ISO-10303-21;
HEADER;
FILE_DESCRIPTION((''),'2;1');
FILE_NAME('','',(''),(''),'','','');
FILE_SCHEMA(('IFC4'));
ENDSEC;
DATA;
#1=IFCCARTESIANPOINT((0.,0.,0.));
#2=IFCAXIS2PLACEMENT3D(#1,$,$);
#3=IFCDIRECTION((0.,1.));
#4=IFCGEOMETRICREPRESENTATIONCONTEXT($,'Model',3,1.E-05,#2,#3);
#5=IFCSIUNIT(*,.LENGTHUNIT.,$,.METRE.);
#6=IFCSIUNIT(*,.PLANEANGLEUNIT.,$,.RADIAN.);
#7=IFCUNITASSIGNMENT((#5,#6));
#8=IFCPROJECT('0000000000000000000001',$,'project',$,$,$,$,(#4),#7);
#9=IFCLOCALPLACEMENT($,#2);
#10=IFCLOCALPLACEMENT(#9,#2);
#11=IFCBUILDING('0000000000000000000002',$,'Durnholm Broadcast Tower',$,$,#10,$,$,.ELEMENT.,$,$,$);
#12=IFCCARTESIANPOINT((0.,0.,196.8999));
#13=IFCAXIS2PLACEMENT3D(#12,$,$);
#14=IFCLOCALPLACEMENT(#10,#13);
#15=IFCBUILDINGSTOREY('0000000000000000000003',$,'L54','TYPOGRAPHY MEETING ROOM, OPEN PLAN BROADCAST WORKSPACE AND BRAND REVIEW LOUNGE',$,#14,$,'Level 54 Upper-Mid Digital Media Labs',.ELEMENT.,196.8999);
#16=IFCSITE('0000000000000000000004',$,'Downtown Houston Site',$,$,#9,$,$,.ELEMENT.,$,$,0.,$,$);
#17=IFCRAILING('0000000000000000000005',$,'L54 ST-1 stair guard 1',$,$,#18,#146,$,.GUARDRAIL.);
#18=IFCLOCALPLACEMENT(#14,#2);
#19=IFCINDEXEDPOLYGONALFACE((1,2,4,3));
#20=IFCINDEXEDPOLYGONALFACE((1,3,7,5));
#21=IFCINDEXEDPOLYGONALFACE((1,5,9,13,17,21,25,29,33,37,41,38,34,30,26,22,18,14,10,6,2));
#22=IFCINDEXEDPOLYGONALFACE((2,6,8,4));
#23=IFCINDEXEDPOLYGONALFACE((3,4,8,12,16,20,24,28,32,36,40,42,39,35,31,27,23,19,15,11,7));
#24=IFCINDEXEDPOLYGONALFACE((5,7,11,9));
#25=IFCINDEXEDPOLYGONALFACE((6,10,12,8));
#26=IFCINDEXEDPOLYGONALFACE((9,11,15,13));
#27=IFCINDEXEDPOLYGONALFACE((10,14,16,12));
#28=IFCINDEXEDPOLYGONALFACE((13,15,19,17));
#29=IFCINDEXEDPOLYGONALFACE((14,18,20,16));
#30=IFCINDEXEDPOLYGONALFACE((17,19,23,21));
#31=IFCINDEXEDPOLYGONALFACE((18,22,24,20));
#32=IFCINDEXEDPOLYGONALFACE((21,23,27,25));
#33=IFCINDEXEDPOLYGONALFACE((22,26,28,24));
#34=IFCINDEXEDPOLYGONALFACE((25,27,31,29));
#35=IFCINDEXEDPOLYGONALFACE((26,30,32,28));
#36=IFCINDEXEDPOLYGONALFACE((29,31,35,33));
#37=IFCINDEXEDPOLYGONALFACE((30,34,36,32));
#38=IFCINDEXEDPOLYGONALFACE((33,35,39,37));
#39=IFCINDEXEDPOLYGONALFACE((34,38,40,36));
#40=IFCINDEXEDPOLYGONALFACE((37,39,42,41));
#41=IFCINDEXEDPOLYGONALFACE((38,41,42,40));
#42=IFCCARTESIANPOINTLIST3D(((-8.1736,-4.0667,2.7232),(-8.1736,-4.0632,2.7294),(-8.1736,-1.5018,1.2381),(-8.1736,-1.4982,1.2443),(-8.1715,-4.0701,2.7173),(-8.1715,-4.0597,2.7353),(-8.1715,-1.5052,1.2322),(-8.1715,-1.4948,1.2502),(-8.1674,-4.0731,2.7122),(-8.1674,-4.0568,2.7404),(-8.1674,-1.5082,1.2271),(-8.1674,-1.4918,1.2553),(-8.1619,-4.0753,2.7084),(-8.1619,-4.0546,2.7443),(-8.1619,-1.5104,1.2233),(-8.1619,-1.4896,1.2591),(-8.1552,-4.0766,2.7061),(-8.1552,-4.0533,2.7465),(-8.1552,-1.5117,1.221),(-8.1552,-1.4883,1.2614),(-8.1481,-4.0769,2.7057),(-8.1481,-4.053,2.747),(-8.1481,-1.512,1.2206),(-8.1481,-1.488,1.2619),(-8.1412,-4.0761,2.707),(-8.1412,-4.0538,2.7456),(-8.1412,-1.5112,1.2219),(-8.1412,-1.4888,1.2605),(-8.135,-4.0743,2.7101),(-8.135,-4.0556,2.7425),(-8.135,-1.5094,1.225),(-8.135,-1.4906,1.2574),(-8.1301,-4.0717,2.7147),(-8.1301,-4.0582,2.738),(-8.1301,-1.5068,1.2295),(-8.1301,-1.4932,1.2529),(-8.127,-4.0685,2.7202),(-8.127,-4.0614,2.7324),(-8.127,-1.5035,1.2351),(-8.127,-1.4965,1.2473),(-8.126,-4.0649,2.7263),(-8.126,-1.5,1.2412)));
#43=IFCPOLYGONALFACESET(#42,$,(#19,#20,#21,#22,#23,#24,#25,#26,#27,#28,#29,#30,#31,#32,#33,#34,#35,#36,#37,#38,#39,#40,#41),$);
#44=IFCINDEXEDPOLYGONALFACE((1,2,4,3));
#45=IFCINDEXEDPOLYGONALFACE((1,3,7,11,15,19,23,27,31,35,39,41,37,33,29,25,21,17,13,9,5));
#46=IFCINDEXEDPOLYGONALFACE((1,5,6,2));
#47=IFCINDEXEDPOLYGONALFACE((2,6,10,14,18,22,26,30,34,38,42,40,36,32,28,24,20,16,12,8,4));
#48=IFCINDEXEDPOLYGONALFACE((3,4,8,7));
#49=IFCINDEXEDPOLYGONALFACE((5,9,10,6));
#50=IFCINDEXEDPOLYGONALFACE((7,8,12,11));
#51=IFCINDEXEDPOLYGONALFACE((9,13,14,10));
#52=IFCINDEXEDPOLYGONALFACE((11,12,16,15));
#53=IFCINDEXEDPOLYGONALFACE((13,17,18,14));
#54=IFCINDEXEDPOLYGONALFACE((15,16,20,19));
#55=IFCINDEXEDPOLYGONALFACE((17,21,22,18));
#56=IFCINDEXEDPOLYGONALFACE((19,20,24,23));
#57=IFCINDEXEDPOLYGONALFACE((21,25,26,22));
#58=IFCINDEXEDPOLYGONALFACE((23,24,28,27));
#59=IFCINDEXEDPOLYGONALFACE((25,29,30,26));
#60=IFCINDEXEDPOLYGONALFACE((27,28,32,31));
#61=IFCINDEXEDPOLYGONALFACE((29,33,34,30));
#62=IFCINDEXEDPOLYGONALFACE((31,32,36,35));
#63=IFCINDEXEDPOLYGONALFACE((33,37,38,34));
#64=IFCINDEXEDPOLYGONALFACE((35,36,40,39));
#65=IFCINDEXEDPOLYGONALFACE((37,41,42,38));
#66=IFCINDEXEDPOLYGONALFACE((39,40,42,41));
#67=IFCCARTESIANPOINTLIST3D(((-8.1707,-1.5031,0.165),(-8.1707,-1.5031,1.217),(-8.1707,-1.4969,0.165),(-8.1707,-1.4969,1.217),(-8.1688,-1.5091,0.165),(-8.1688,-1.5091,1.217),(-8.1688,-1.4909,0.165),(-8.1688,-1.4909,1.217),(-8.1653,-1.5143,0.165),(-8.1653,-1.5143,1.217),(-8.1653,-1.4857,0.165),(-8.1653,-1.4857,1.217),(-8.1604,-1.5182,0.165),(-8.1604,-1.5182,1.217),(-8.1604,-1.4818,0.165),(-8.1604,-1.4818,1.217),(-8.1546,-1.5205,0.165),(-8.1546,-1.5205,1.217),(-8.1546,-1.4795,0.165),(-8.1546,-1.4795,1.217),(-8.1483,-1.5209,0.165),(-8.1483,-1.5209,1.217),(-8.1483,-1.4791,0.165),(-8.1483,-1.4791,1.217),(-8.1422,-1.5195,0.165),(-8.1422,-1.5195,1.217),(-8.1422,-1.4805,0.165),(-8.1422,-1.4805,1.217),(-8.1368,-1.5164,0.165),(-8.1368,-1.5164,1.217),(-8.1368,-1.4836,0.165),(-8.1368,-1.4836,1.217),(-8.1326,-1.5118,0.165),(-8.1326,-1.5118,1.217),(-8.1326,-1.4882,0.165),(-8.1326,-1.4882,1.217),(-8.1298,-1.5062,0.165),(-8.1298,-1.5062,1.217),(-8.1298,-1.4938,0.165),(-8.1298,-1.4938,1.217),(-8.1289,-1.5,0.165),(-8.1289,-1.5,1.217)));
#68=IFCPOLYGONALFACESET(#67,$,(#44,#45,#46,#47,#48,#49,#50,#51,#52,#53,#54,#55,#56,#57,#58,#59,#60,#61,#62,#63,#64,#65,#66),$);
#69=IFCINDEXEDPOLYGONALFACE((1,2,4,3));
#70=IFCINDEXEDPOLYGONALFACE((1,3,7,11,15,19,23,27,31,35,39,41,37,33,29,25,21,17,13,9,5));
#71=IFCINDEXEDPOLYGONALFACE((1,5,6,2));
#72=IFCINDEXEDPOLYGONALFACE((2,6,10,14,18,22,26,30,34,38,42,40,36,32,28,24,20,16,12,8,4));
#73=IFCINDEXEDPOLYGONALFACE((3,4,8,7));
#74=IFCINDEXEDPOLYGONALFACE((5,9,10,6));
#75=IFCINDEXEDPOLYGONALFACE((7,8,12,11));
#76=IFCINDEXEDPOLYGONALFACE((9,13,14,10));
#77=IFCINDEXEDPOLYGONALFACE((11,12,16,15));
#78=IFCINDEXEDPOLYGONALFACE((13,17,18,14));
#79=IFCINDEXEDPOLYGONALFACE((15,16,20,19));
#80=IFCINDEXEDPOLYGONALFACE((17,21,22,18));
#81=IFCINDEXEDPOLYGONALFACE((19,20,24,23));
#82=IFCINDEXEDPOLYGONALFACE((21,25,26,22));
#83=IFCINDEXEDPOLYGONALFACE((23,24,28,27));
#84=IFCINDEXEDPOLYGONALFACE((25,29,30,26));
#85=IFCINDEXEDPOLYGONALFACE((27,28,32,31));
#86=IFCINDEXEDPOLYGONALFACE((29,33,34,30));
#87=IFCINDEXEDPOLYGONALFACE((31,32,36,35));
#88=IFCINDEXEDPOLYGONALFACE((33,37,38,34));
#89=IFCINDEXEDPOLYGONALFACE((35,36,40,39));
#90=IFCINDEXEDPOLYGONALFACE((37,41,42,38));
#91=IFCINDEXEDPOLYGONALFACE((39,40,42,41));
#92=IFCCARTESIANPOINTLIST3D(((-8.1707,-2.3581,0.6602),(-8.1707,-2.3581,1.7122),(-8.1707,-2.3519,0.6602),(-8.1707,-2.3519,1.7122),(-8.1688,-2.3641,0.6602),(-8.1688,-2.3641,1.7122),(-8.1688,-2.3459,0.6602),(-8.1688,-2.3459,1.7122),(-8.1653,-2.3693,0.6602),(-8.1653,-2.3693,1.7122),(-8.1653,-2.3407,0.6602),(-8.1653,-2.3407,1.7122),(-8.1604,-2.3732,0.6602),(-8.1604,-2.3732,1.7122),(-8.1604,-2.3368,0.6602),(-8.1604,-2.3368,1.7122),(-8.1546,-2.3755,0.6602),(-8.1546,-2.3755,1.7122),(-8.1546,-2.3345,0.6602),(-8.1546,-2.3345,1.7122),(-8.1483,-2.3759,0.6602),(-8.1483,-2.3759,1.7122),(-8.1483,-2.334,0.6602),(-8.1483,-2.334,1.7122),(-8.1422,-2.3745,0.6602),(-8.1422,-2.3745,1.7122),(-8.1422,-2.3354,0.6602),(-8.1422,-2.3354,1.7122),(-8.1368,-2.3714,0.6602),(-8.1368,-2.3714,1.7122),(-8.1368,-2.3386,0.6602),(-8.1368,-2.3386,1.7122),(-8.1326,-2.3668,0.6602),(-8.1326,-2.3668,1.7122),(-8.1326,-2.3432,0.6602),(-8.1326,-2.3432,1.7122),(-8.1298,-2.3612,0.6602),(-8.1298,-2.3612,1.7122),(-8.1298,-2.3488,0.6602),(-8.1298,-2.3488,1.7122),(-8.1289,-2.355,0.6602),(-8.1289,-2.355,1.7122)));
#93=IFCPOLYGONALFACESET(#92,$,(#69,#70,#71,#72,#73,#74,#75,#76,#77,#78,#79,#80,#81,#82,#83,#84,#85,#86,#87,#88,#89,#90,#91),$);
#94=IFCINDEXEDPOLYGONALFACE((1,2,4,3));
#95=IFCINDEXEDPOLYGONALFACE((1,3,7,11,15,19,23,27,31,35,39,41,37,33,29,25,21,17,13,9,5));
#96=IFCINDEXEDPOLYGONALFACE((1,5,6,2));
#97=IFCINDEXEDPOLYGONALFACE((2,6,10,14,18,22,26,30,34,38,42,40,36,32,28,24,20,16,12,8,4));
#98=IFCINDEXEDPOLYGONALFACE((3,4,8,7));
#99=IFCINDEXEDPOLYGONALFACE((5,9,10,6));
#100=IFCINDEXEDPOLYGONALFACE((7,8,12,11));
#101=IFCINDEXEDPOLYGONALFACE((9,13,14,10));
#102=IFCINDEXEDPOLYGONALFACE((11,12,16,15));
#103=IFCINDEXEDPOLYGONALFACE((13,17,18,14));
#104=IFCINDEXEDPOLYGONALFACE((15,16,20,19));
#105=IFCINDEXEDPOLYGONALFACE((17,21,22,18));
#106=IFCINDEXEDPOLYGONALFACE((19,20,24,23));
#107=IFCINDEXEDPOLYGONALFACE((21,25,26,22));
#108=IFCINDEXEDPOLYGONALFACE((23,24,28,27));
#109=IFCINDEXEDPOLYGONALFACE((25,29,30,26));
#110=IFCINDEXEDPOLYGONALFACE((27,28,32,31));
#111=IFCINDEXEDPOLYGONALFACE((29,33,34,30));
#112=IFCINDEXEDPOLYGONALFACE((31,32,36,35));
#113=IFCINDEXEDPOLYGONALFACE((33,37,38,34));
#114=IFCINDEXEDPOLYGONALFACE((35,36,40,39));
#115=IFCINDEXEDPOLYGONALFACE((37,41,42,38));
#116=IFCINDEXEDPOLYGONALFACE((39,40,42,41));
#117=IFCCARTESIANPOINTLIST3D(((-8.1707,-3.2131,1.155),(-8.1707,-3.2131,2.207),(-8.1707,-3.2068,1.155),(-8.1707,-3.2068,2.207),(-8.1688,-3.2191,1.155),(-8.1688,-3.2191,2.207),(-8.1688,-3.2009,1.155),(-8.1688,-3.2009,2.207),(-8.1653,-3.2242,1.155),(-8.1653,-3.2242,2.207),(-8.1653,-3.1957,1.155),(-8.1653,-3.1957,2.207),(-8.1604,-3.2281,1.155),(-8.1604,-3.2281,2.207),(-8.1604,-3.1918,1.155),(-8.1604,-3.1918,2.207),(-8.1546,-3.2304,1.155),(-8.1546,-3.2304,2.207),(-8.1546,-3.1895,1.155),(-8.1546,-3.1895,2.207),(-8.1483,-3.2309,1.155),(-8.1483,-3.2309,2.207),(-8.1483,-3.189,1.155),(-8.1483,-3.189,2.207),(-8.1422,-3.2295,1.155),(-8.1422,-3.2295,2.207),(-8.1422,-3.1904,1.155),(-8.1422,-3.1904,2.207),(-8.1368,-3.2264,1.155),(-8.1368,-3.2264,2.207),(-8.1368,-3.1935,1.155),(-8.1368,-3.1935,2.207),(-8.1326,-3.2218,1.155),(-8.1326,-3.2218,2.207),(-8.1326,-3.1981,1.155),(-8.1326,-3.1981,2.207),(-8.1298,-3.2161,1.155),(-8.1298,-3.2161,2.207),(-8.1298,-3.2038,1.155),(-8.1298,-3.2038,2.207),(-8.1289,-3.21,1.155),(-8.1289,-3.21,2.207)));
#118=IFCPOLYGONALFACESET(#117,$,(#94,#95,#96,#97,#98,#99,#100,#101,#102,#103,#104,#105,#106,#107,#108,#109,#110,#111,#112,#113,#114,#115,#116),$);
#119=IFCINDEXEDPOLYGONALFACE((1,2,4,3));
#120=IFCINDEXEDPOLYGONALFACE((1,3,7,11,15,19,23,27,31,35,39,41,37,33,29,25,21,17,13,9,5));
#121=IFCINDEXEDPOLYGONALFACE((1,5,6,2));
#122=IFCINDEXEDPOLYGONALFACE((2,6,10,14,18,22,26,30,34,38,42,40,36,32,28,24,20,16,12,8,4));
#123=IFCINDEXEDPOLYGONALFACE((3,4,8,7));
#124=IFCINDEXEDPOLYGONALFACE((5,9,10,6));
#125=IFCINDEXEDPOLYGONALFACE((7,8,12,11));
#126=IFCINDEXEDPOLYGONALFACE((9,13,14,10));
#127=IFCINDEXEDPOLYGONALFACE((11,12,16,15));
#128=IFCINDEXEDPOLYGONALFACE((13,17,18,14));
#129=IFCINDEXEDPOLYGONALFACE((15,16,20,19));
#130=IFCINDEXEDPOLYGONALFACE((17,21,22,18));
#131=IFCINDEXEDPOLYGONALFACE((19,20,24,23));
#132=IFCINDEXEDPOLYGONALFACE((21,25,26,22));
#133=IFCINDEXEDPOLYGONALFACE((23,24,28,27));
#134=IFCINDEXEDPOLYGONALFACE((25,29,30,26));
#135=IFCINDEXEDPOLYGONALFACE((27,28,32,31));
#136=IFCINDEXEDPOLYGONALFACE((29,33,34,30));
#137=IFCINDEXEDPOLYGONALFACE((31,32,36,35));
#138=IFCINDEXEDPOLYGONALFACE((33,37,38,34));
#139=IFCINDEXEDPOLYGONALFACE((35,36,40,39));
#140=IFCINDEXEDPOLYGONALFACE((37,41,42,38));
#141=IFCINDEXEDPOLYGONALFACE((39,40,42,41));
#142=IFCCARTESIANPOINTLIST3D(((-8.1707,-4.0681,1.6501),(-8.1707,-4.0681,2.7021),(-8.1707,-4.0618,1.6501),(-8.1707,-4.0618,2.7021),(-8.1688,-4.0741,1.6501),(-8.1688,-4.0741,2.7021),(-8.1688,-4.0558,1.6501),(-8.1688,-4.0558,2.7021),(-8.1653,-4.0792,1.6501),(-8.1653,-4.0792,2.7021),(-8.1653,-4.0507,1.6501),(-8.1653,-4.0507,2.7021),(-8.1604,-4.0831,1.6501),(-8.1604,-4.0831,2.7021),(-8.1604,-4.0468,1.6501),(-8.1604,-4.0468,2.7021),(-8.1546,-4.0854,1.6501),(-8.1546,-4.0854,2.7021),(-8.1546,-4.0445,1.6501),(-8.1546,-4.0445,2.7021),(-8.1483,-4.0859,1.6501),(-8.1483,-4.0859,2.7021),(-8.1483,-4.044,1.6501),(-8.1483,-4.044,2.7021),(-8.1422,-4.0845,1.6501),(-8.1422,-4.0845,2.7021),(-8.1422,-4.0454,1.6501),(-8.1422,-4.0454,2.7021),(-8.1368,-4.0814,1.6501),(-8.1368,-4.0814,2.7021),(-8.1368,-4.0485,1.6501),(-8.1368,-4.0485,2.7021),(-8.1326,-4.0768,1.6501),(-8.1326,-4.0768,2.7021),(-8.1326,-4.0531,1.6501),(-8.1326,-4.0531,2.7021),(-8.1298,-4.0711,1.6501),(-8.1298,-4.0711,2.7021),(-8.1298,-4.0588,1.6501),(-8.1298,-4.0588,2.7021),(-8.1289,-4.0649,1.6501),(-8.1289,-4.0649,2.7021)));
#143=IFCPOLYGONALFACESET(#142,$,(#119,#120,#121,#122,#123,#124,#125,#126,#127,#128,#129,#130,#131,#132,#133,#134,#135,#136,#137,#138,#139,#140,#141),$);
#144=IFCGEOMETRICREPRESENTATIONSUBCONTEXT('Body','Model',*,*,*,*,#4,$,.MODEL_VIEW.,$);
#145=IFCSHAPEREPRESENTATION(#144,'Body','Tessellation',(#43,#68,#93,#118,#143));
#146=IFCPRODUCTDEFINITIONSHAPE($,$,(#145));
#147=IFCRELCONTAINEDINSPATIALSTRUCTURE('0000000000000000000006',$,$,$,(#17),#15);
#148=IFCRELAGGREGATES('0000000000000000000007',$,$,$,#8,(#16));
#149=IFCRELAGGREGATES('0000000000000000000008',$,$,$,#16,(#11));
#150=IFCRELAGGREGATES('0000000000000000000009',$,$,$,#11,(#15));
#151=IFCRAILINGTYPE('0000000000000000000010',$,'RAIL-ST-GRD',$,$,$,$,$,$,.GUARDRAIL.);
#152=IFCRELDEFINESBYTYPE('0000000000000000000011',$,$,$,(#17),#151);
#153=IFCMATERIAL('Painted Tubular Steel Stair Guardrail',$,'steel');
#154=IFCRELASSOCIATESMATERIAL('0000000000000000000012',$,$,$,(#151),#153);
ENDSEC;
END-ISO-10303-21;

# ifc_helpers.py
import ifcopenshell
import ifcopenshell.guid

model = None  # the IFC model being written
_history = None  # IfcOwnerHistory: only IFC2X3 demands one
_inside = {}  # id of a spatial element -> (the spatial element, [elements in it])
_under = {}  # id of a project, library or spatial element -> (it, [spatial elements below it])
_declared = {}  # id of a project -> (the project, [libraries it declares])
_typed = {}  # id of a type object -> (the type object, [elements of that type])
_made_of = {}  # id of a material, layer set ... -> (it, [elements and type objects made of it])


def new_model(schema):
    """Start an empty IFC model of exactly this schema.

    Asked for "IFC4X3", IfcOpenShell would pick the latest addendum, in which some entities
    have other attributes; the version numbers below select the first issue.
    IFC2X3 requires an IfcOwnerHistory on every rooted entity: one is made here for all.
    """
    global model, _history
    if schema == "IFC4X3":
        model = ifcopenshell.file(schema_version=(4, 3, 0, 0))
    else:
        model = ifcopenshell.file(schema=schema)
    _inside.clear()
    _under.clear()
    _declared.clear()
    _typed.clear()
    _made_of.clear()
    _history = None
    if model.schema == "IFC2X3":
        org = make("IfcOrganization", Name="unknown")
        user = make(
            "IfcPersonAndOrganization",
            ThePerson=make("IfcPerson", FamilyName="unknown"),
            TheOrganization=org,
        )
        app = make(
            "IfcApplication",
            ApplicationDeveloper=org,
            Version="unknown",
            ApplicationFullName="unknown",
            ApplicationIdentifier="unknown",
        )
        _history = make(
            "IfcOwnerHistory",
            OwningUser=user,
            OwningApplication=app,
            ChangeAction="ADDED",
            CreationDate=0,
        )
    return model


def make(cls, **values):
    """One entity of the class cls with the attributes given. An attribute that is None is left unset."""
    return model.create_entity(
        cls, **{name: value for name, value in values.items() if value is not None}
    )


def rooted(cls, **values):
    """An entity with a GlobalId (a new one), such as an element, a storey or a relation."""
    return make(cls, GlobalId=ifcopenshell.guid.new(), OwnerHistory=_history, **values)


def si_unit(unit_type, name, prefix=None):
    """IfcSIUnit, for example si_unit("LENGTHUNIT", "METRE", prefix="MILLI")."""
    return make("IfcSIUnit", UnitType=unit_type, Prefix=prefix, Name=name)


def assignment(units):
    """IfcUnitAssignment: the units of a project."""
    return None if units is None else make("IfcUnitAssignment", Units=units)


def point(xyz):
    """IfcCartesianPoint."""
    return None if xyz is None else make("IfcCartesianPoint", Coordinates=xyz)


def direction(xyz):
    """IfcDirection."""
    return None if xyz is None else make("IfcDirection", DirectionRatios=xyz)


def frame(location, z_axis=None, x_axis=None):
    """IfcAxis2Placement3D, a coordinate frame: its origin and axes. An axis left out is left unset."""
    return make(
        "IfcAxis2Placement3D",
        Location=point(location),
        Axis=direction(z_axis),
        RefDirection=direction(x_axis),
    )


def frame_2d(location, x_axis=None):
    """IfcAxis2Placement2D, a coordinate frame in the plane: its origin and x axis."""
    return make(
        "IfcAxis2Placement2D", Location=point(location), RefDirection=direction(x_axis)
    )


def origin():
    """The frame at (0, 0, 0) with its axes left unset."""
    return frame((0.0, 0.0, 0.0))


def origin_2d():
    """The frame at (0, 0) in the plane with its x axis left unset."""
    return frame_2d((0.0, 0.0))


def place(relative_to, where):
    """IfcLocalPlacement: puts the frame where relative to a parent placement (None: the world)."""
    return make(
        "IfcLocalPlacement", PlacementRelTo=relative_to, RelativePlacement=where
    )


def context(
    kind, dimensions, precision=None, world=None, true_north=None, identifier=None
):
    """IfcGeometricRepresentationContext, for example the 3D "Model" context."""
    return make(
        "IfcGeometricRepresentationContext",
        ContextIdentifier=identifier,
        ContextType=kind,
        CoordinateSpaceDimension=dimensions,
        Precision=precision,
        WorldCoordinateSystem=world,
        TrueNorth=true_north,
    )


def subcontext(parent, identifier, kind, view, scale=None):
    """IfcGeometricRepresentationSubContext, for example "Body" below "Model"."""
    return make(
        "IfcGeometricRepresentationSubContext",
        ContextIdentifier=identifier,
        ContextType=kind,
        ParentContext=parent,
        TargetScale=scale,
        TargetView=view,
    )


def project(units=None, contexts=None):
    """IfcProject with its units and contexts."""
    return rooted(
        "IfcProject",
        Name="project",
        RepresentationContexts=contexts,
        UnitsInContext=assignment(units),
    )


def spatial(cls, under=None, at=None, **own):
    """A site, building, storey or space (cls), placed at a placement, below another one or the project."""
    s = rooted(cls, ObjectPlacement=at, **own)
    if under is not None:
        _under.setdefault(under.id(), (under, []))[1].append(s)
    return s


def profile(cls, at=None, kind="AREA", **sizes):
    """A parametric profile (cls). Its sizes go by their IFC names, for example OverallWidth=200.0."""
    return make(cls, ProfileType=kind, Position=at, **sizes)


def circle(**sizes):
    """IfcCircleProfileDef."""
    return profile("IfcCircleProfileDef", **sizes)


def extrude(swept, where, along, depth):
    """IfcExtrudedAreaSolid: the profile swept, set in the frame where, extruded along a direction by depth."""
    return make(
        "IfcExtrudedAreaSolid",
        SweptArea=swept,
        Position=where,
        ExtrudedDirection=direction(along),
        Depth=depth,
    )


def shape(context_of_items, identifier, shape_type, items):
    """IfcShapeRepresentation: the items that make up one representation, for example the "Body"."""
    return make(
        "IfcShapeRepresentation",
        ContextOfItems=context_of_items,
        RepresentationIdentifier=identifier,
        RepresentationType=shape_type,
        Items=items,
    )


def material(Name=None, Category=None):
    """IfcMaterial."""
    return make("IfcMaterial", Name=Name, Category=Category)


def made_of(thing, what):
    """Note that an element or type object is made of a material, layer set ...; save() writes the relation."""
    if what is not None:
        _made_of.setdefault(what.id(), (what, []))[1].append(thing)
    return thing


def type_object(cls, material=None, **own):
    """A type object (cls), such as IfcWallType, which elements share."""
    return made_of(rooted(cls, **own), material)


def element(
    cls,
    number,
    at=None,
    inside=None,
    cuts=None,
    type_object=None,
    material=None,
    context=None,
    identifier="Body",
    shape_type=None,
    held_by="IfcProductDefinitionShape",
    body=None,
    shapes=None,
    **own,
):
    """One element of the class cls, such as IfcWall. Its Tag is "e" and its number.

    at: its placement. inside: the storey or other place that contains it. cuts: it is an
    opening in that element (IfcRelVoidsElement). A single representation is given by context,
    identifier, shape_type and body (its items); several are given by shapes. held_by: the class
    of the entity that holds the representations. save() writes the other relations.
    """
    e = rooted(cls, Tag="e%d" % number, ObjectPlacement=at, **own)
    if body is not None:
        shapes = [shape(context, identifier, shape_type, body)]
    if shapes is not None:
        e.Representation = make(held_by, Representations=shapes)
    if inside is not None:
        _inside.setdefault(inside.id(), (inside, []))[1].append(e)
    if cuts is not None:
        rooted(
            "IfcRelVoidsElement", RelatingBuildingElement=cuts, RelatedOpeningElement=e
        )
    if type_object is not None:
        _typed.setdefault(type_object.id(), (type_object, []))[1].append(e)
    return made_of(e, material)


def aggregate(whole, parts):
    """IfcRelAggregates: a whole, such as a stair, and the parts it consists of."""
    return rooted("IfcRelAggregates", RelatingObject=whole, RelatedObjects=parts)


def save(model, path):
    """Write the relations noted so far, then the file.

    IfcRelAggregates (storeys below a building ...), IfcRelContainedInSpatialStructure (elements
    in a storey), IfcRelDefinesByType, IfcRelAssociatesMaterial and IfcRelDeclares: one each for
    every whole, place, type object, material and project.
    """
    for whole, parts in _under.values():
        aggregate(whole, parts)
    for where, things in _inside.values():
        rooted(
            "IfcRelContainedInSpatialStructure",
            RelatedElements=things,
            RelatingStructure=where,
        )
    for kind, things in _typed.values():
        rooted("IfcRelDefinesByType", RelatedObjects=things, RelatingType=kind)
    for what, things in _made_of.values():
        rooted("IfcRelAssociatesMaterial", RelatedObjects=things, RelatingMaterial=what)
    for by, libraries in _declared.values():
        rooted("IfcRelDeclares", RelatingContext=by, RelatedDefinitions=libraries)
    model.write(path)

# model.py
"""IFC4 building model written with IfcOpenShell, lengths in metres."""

from ifc_helpers import new_model, si_unit, direction, frame, origin, origin_2d, place, context, subcontext, project, spatial, circle, extrude, material, type_object, element, save


model = new_model("IFC4")

# Units and contexts
model_context = context("Model", 3, precision=1e-05, world=origin(), true_north=direction((0.0, 1.0)))
body_context = subcontext(model_context, "Body", "Model", "MODEL_VIEW")
ifc_project = project(units=[si_unit("LENGTHUNIT", "METRE"), si_unit("PLANEANGLEUNIT", "RADIAN")], contexts=[model_context])

# Site, building, storey
site_placement = place(None, origin())
site = spatial("IfcSite", under=ifc_project, at=site_placement, Name="Downtown Houston Site", CompositionType="ELEMENT", RefElevation=0.0)
building_placement = place(site_placement, origin())
building = spatial("IfcBuilding", under=site, at=building_placement, Name="Durnholm Broadcast Tower", CompositionType="ELEMENT")
storey_placement = place(building_placement, frame((0.0, 0.0, 196.8999)))
storey = spatial("IfcBuildingStorey", under=building, at=storey_placement, Name="L54", Description="TYPOGRAPHY MEETING ROOM, OPEN PLAN BROADCAST WORKSPACE AND BRAND REVIEW LOUNGE", LongName="Level 54 Upper-Mid Digital Media Labs", CompositionType="ELEMENT", Elevation=196.8999)

# Railing
ifc_material_1 = material(Name="Painted Tubular Steel Stair Guardrail", Category="steel")
railing_type_1 = type_object("IfcRailingType", Name="RAIL-ST-GRD", PredefinedType="GUARDRAIL", material=ifc_material_1)
railing_1_placement = place(storey_placement, frame((-8.1499, -1.5, 0.165)))
element("IfcRailing", 1, at=railing_1_placement, inside=storey, type_object=railing_type_1, Name="L54 ST-1 stair guard 1", PredefinedType="GUARDRAIL", context=body_context, shape_type="SweptSolid", body=[
    extrude(circle(Radius=0.0239, at=origin_2d()), frame((0.0, 0.0, 1.0762), z_axis=(0.0, -0.865406, 0.501072), x_axis=(1.0, 0.0, 0.0)), (0.0, 0.0, 1.0), 2.9639),
    extrude(circle(Radius=0.021, at=origin_2d()), origin(), (0.0, 0.0, 1.0), 1.052),
    extrude(circle(Radius=0.021, at=origin_2d()), frame((0.0, -0.855, 0.4951)), (0.0, 0.0, 1.0), 1.052),
    extrude(circle(Radius=0.021, at=origin_2d()), frame((0.0, -1.71, 0.99)), (0.0, 0.0, 1.0), 1.052),
    extrude(circle(Radius=0.021, at=origin_2d()), frame((0.0, -2.5649, 1.4851)), (0.0, 0.0, 1.0), 1.052),
])

save(model, "model.ifc")
